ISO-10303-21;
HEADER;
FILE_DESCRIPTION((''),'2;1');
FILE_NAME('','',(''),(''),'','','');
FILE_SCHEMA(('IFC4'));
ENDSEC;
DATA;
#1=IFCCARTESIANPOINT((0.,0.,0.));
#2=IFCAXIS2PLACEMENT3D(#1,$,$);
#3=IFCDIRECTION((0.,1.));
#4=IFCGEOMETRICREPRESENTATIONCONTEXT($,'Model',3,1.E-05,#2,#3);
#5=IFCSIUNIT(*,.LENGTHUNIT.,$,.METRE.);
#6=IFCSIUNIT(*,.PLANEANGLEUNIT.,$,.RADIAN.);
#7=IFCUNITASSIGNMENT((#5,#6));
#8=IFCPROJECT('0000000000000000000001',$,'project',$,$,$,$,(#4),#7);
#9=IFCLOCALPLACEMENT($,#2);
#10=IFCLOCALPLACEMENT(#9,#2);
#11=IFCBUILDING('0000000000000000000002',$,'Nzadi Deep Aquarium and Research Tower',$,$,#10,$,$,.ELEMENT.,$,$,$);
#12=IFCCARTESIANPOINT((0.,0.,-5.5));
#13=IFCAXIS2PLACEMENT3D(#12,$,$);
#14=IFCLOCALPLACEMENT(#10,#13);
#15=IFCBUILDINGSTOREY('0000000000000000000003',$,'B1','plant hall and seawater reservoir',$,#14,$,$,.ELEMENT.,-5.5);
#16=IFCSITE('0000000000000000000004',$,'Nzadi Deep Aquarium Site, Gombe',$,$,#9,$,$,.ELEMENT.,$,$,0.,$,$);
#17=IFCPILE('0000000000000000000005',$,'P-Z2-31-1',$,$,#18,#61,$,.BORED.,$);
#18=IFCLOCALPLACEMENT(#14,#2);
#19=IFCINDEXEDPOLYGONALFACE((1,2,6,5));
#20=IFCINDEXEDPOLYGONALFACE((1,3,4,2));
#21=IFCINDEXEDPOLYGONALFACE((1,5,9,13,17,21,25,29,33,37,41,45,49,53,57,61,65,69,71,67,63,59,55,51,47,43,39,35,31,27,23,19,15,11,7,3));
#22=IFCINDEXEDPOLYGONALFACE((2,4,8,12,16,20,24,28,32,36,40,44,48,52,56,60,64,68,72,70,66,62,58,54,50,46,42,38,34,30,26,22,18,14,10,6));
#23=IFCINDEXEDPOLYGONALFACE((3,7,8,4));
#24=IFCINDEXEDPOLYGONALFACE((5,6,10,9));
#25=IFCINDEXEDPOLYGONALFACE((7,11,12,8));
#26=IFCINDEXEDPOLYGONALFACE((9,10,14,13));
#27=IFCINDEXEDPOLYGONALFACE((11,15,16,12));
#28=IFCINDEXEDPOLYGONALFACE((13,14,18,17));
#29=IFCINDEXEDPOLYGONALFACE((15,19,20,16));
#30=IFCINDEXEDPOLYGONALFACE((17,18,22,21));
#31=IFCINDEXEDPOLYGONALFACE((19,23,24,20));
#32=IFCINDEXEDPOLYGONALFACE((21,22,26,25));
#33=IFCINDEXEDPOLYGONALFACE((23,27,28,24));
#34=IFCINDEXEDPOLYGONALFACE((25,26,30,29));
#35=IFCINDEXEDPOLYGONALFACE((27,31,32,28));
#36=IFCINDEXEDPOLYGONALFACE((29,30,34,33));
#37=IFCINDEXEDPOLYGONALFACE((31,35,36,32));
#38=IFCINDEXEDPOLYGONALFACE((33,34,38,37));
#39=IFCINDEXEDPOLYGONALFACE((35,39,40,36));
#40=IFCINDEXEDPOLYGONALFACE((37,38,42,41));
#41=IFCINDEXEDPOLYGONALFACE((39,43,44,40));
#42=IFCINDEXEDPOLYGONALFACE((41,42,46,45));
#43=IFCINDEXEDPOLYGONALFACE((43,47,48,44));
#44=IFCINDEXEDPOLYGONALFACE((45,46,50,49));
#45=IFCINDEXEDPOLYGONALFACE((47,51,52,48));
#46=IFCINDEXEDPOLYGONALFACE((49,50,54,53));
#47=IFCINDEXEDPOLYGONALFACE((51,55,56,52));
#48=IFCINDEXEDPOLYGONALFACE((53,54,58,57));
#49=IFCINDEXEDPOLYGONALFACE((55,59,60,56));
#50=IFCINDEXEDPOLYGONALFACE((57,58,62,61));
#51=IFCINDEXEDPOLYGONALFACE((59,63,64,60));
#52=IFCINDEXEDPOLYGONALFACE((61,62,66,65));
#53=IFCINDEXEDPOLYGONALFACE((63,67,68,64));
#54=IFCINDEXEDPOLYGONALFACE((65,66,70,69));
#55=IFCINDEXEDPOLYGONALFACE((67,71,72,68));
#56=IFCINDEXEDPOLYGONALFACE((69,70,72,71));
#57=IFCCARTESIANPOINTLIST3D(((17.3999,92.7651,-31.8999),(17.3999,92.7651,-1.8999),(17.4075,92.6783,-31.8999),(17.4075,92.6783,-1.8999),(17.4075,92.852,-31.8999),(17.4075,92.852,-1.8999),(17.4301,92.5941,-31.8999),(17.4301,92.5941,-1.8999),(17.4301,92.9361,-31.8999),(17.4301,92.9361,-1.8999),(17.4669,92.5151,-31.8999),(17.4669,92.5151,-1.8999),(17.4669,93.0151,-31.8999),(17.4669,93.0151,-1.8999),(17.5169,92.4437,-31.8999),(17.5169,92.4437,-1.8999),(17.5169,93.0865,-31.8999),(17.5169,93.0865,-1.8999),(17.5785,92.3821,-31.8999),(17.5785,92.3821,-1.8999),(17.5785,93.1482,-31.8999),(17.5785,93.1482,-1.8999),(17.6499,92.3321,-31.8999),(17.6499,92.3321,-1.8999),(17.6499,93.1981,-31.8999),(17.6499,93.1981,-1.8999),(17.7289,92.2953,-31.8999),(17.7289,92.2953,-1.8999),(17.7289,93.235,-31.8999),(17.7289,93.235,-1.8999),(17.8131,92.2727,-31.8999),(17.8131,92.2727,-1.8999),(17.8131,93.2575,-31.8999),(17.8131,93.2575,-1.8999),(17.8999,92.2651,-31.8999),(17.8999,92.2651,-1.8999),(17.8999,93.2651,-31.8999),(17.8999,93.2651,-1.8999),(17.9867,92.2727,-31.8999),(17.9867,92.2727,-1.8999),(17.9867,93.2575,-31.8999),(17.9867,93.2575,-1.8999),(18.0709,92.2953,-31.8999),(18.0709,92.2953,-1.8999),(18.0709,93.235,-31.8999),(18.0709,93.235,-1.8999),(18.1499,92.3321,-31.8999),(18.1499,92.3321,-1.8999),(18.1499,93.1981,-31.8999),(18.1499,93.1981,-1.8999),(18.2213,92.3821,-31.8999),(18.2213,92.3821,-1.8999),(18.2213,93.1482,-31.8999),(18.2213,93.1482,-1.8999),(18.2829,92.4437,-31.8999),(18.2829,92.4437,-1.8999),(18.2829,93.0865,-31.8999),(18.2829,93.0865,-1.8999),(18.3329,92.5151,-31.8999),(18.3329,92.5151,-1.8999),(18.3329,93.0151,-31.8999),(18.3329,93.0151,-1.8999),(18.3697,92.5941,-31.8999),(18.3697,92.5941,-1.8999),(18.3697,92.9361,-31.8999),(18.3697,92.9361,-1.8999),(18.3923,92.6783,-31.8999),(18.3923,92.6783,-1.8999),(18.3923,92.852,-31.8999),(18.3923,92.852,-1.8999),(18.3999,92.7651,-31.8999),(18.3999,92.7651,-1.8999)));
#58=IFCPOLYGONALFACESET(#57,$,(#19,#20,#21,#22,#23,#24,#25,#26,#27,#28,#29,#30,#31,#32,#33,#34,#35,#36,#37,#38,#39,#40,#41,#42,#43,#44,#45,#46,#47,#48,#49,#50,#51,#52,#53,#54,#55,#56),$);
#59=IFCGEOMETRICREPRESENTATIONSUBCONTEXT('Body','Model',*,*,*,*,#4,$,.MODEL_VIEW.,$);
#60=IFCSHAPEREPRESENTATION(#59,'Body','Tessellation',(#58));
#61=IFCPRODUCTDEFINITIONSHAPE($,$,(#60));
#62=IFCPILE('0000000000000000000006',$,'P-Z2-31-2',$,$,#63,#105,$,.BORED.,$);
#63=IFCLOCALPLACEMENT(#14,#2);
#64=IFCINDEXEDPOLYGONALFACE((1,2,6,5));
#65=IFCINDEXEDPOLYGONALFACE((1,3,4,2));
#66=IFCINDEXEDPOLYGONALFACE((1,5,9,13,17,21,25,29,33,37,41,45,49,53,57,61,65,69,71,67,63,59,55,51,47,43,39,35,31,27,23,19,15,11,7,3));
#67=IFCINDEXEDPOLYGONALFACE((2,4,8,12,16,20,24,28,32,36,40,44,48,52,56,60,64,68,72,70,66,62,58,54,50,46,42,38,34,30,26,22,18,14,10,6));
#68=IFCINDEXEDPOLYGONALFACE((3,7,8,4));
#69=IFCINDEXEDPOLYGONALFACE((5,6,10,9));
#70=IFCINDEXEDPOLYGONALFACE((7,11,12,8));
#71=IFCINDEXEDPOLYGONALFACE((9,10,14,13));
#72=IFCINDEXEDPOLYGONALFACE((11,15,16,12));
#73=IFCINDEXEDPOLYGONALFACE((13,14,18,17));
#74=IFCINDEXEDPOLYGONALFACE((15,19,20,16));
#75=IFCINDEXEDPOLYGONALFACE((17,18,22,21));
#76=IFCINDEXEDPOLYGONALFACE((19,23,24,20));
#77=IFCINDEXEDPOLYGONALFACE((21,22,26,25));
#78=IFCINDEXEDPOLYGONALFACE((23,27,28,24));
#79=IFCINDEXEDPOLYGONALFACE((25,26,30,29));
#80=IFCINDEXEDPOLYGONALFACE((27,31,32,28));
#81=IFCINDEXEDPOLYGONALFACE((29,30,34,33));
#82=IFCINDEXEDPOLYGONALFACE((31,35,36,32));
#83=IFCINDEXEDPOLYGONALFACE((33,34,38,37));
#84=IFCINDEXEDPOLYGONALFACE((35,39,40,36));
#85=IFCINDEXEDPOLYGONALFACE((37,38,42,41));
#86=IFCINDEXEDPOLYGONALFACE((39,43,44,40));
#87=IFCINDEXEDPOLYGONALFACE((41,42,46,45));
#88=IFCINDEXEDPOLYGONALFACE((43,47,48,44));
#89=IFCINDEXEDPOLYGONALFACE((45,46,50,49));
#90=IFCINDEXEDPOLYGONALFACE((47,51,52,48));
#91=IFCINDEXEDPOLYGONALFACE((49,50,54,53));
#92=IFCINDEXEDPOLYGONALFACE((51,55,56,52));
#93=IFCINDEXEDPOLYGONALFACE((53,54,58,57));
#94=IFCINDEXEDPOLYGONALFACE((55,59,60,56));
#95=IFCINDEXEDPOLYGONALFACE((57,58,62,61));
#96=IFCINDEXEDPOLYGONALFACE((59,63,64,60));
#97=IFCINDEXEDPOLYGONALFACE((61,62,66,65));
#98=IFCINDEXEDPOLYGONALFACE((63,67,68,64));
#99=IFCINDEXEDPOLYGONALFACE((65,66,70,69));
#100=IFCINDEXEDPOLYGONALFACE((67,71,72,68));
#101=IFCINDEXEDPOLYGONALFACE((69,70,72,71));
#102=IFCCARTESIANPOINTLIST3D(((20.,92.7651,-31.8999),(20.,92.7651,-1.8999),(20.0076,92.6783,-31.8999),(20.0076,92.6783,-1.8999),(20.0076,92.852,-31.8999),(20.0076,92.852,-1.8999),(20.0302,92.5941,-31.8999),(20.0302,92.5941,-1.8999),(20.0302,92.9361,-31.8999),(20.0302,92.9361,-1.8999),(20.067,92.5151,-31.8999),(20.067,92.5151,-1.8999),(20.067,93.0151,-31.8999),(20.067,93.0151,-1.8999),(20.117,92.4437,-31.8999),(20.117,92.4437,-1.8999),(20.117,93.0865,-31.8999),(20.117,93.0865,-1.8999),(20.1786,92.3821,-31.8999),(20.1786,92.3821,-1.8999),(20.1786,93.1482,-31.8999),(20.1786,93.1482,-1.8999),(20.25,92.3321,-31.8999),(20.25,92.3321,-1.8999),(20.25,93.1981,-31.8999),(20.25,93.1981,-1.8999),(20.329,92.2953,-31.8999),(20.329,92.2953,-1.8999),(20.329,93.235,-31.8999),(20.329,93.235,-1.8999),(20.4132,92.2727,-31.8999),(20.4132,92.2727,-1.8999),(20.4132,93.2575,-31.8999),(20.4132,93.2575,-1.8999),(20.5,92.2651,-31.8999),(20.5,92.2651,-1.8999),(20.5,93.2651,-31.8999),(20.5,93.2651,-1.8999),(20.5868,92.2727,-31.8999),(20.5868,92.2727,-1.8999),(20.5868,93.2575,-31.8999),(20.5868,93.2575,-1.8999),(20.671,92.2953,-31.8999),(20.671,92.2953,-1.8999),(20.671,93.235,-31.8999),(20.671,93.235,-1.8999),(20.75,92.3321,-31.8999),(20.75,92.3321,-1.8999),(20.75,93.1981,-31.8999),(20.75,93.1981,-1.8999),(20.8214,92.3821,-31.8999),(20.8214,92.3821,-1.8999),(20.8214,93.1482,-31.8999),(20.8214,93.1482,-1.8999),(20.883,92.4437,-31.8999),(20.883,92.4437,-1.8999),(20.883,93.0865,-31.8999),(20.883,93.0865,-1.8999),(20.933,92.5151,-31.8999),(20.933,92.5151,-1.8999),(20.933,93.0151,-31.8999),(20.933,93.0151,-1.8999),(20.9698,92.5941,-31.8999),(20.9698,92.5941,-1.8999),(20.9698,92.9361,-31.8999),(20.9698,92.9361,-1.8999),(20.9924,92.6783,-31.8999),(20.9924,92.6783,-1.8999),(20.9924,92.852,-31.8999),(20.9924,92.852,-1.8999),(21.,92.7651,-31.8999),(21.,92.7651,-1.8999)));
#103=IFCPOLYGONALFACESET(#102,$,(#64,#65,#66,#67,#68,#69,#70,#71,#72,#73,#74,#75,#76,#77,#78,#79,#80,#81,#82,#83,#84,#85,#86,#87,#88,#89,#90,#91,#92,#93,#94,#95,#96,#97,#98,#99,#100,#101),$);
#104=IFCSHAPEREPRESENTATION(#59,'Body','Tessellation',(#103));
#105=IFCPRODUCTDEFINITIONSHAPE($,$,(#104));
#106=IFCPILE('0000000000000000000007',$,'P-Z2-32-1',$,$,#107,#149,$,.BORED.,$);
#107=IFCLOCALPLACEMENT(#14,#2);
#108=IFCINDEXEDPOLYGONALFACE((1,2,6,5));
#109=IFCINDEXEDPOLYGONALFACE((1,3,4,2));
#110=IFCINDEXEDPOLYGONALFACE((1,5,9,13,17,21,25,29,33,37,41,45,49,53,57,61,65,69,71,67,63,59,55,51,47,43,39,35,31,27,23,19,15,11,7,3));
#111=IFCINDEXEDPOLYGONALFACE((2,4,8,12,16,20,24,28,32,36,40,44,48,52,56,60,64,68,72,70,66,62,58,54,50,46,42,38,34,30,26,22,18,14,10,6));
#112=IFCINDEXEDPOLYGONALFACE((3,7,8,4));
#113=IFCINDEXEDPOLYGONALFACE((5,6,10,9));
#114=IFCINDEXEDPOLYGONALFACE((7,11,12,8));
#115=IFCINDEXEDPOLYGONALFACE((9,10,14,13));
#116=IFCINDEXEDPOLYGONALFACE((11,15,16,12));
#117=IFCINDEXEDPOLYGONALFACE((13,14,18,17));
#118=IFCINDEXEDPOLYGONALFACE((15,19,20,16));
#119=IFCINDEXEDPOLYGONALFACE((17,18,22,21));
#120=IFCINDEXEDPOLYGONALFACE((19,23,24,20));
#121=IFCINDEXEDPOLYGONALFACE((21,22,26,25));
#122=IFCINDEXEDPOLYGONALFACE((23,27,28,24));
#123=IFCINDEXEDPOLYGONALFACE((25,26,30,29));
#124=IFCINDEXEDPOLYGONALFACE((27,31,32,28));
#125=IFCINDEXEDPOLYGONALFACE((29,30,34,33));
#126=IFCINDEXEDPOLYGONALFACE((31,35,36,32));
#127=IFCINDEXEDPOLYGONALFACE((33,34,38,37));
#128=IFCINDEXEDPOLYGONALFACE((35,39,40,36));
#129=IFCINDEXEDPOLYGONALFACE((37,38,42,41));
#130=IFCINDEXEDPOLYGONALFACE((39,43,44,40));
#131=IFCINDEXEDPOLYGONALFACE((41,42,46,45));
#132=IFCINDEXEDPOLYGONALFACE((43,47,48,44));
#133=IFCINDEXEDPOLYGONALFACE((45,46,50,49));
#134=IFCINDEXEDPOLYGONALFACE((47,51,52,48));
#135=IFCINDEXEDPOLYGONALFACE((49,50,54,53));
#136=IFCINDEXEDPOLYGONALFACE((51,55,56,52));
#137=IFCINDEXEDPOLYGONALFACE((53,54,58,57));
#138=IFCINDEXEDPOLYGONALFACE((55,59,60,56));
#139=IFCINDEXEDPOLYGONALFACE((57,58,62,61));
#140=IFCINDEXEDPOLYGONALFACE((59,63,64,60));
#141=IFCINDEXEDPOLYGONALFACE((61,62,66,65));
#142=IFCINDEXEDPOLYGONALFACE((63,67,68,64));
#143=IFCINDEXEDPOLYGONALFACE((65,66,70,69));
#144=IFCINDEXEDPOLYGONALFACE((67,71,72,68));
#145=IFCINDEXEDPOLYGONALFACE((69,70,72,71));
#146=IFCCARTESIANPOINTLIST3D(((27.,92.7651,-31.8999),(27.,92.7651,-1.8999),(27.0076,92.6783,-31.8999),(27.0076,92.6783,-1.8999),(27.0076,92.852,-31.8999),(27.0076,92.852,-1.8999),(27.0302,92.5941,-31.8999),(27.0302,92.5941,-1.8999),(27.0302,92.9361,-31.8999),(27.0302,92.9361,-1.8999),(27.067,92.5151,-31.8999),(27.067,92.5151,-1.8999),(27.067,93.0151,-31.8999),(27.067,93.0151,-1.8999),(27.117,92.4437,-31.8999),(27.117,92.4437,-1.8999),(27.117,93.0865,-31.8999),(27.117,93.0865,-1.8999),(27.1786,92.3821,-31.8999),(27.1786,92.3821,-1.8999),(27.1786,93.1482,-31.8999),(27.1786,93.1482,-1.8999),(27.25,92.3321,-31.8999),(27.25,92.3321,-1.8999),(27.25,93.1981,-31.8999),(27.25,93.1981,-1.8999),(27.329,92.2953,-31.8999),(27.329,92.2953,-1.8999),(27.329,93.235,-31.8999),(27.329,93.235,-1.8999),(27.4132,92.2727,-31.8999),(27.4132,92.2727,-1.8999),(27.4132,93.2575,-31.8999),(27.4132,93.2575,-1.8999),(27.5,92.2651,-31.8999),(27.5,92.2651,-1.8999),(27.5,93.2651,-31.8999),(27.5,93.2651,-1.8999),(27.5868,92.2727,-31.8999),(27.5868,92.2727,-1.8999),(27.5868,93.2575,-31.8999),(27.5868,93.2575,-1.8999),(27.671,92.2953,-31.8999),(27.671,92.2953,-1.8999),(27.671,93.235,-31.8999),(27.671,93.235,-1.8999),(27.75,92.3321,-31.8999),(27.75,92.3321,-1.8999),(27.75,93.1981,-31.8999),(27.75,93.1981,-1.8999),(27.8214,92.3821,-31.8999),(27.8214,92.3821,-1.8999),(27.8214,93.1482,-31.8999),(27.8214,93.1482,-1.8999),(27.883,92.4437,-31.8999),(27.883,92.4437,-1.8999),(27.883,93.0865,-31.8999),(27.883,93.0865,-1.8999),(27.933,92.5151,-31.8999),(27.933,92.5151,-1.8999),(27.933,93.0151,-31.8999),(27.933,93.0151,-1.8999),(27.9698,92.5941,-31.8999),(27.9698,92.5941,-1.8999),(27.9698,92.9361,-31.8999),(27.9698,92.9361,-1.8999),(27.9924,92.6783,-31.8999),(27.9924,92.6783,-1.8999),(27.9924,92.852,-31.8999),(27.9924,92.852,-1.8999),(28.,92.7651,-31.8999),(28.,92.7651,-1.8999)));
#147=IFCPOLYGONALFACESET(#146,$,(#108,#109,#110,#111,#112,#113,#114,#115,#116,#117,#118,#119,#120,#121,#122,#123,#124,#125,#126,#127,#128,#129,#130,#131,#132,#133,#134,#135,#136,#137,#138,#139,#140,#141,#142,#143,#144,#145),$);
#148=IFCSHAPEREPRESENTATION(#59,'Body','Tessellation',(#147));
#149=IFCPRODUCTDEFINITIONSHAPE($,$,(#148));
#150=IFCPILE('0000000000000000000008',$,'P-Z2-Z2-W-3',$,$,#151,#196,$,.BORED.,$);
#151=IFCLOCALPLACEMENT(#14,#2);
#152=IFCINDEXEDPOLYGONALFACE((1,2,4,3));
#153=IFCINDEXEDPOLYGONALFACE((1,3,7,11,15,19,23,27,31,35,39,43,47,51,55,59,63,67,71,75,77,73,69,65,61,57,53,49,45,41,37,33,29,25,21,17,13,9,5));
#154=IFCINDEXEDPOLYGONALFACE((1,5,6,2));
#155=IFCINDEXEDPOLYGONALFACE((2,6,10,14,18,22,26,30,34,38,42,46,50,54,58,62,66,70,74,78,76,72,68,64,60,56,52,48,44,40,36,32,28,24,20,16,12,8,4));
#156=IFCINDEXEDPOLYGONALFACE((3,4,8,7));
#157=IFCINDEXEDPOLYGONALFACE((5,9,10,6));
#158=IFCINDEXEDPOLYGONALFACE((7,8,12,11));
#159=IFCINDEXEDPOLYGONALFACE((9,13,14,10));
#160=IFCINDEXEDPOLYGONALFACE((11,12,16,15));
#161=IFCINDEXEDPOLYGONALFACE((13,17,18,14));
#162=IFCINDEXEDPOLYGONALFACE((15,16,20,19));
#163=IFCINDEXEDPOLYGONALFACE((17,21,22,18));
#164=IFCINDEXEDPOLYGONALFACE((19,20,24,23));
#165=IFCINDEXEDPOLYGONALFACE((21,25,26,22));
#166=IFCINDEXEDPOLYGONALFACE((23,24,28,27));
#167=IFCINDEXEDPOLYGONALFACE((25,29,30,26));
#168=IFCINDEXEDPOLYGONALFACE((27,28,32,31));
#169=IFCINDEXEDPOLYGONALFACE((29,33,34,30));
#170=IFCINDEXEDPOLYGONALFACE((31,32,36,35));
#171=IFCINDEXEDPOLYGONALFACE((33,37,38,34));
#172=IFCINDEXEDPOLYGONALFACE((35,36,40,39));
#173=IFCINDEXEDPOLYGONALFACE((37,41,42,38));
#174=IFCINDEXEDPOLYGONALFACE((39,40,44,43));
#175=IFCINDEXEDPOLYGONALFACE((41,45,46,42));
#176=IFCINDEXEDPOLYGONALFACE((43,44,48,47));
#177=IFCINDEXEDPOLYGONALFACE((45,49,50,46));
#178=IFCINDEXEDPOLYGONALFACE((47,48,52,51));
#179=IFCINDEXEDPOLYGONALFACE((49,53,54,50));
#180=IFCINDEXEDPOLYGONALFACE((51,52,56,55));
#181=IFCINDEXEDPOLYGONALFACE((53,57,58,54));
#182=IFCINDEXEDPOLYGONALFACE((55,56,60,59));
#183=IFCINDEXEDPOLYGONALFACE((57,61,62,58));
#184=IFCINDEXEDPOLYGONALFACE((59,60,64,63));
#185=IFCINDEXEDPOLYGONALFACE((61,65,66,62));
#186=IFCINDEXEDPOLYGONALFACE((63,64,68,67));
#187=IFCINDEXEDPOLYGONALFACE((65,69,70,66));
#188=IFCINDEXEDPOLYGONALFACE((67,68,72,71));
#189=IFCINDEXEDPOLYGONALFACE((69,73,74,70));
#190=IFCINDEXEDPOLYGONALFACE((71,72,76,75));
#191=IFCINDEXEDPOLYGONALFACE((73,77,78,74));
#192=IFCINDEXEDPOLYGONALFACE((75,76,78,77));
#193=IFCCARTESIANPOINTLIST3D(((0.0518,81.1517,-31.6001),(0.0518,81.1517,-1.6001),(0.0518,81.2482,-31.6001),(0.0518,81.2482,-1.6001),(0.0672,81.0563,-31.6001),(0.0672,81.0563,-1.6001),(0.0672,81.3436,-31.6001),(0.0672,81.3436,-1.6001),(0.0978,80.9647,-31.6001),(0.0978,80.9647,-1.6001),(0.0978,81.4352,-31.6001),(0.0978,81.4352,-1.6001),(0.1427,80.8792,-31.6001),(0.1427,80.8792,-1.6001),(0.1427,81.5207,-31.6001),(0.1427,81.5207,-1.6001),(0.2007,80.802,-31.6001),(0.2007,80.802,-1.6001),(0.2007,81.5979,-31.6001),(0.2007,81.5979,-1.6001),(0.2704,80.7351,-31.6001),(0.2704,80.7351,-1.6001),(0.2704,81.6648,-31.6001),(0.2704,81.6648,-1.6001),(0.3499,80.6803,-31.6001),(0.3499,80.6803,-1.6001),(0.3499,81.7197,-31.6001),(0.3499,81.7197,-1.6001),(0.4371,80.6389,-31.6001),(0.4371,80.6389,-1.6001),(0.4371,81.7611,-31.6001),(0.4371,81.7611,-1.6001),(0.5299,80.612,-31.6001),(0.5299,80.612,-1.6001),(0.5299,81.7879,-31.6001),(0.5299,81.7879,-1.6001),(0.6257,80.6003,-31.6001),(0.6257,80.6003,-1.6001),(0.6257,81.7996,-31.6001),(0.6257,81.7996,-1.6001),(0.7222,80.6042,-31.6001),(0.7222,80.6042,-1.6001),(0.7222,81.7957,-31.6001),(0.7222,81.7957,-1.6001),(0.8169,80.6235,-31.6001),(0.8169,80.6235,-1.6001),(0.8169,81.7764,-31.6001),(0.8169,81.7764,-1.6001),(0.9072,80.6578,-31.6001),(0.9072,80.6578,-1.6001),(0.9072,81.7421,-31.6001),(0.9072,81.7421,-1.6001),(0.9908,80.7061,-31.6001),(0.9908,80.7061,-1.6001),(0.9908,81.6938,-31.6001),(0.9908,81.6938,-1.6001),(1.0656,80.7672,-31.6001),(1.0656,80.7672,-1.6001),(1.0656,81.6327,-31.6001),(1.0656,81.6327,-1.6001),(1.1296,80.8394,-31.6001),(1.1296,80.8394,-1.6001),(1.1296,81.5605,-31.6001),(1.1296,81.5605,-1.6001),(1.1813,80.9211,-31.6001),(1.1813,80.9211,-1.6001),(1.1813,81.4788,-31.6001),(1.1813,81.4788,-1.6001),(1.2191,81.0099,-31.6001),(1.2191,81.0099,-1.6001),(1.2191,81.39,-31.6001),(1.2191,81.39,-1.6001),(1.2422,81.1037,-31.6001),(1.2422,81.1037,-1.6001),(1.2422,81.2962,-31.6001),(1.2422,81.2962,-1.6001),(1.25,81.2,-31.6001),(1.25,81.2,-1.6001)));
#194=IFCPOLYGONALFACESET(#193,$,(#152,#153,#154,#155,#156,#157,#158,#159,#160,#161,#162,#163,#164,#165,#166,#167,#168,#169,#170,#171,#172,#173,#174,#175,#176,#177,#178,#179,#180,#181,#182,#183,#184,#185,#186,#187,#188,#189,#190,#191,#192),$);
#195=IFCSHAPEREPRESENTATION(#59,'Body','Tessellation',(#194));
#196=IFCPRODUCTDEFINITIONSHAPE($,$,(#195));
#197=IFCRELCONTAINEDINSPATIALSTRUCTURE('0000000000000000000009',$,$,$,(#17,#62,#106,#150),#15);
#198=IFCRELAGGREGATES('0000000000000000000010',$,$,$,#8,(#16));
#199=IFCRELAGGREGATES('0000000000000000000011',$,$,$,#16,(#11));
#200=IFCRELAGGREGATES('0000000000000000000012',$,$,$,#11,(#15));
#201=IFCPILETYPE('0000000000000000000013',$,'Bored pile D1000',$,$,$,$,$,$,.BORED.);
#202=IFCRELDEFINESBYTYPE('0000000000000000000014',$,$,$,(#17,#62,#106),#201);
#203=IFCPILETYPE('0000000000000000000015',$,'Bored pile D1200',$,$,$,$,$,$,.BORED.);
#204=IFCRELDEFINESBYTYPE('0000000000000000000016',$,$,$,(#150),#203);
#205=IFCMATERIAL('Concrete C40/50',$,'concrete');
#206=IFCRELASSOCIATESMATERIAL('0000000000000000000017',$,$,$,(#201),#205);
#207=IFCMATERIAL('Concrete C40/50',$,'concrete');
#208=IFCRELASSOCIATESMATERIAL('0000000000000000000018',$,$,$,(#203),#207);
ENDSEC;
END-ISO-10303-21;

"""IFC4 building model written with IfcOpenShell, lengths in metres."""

from ifc_helpers import new_model, si_unit, direction, frame, origin, origin_2d, place, context, subcontext, project, spatial, circle, extrude, material, material_profile, profile_set, type_object, element, save


model = new_model("IFC4")

# Units and contexts
model_context = context("Model", 3, precision=1e-05, world=origin(), true_north=direction((0.0, 1.0)))
body_context = subcontext(model_context, "Body", "Model", "MODEL_VIEW")
ifc_project = project(units=[si_unit("LENGTHUNIT", "METRE"), si_unit("PLANEANGLEUNIT", "RADIAN")], contexts=[model_context])

# Site, building, storey
site_placement = place(None, origin())
site = spatial("IfcSite", under=ifc_project, at=site_placement, Name="Nzadi Deep Aquarium Site, Gombe", CompositionType="ELEMENT", RefElevation=0.0)
building_placement = place(site_placement, origin())
building = spatial("IfcBuilding", under=site, at=building_placement, Name="Nzadi Deep Aquarium and Research Tower", CompositionType="ELEMENT")
storey_placement = place(building_placement, frame((0.0, 0.0, -5.5)))
storey = spatial("IfcBuildingStorey", under=building, at=storey_placement, Name="B1", Description="plant hall and seawater reservoir", CompositionType="ELEMENT", Elevation=-5.5)

# Piles
ifc_material_1 = material(Name="Concrete C40/50", Category="concrete")
ifc_material_profile_1 = material_profile(ifc_material_1, circle(Radius=0.5, at=origin_2d()))
ifc_profile_set_1 = profile_set([ifc_material_profile_1], Name="Concrete C40/50")
pile_type_1 = type_object("IfcPileType", Name="Bored pile D1000", PredefinedType="BORED", material=ifc_profile_set_1)
for number, where, z_axis, x_axis, name in (
    (1, (17.8999, 92.7651, -1.8999), (0.0, 0.0, -1.0), (1.0, 0.0, 0.0), "P-Z2-31-1"),
    (2, (20.5, 92.7651, -1.8999), (0.0, 0.0, -1.0), (1.0, 0.0, 0.0), "P-Z2-31-2"),
    (3, (27.5, 92.7651, -1.8999), (0.0, 0.0, -1.0), (1.0, 0.0, 0.0), "P-Z2-32-1"),
):
    element("IfcPile", number, at=place(storey_placement, frame(where, z_axis=z_axis, x_axis=x_axis)), inside=storey, type_object=pile_type_1, Name=name, PredefinedType="BORED", context=body_context, shape_type="SweptSolid", body=[
        extrude(circle(Radius=0.5, at=origin_2d()), origin(), (0.0, 0.0, 1.0), 30.0),
    ])
ifc_material_2 = material(Name="Concrete C40/50", Category="concrete")
ifc_material_profile_2 = material_profile(ifc_material_2, circle(Radius=0.6001, at=origin_2d()))
ifc_profile_set_2 = profile_set([ifc_material_profile_2], Name="Concrete C40/50")
pile_type_2 = type_object("IfcPileType", Name="Bored pile D1200", PredefinedType="BORED", material=ifc_profile_set_2)
for number, where, z_axis, x_axis, name in (
    (4, (0.6499, 81.2, -1.6001), (0.0, 0.0, -1.0), (1.0, 0.0, 0.0), "P-Z2-Z2-W-3"),
):
    element("IfcPile", number, at=place(storey_placement, frame(where, z_axis=z_axis, x_axis=x_axis)), inside=storey, type_object=pile_type_2, Name=name, PredefinedType="BORED", context=body_context, shape_type="SweptSolid", body=[
        extrude(circle(Radius=0.6001, at=origin_2d()), origin(), (0.0, 0.0, 1.0), 30.0),
    ])

save(model, "model.ifc")
